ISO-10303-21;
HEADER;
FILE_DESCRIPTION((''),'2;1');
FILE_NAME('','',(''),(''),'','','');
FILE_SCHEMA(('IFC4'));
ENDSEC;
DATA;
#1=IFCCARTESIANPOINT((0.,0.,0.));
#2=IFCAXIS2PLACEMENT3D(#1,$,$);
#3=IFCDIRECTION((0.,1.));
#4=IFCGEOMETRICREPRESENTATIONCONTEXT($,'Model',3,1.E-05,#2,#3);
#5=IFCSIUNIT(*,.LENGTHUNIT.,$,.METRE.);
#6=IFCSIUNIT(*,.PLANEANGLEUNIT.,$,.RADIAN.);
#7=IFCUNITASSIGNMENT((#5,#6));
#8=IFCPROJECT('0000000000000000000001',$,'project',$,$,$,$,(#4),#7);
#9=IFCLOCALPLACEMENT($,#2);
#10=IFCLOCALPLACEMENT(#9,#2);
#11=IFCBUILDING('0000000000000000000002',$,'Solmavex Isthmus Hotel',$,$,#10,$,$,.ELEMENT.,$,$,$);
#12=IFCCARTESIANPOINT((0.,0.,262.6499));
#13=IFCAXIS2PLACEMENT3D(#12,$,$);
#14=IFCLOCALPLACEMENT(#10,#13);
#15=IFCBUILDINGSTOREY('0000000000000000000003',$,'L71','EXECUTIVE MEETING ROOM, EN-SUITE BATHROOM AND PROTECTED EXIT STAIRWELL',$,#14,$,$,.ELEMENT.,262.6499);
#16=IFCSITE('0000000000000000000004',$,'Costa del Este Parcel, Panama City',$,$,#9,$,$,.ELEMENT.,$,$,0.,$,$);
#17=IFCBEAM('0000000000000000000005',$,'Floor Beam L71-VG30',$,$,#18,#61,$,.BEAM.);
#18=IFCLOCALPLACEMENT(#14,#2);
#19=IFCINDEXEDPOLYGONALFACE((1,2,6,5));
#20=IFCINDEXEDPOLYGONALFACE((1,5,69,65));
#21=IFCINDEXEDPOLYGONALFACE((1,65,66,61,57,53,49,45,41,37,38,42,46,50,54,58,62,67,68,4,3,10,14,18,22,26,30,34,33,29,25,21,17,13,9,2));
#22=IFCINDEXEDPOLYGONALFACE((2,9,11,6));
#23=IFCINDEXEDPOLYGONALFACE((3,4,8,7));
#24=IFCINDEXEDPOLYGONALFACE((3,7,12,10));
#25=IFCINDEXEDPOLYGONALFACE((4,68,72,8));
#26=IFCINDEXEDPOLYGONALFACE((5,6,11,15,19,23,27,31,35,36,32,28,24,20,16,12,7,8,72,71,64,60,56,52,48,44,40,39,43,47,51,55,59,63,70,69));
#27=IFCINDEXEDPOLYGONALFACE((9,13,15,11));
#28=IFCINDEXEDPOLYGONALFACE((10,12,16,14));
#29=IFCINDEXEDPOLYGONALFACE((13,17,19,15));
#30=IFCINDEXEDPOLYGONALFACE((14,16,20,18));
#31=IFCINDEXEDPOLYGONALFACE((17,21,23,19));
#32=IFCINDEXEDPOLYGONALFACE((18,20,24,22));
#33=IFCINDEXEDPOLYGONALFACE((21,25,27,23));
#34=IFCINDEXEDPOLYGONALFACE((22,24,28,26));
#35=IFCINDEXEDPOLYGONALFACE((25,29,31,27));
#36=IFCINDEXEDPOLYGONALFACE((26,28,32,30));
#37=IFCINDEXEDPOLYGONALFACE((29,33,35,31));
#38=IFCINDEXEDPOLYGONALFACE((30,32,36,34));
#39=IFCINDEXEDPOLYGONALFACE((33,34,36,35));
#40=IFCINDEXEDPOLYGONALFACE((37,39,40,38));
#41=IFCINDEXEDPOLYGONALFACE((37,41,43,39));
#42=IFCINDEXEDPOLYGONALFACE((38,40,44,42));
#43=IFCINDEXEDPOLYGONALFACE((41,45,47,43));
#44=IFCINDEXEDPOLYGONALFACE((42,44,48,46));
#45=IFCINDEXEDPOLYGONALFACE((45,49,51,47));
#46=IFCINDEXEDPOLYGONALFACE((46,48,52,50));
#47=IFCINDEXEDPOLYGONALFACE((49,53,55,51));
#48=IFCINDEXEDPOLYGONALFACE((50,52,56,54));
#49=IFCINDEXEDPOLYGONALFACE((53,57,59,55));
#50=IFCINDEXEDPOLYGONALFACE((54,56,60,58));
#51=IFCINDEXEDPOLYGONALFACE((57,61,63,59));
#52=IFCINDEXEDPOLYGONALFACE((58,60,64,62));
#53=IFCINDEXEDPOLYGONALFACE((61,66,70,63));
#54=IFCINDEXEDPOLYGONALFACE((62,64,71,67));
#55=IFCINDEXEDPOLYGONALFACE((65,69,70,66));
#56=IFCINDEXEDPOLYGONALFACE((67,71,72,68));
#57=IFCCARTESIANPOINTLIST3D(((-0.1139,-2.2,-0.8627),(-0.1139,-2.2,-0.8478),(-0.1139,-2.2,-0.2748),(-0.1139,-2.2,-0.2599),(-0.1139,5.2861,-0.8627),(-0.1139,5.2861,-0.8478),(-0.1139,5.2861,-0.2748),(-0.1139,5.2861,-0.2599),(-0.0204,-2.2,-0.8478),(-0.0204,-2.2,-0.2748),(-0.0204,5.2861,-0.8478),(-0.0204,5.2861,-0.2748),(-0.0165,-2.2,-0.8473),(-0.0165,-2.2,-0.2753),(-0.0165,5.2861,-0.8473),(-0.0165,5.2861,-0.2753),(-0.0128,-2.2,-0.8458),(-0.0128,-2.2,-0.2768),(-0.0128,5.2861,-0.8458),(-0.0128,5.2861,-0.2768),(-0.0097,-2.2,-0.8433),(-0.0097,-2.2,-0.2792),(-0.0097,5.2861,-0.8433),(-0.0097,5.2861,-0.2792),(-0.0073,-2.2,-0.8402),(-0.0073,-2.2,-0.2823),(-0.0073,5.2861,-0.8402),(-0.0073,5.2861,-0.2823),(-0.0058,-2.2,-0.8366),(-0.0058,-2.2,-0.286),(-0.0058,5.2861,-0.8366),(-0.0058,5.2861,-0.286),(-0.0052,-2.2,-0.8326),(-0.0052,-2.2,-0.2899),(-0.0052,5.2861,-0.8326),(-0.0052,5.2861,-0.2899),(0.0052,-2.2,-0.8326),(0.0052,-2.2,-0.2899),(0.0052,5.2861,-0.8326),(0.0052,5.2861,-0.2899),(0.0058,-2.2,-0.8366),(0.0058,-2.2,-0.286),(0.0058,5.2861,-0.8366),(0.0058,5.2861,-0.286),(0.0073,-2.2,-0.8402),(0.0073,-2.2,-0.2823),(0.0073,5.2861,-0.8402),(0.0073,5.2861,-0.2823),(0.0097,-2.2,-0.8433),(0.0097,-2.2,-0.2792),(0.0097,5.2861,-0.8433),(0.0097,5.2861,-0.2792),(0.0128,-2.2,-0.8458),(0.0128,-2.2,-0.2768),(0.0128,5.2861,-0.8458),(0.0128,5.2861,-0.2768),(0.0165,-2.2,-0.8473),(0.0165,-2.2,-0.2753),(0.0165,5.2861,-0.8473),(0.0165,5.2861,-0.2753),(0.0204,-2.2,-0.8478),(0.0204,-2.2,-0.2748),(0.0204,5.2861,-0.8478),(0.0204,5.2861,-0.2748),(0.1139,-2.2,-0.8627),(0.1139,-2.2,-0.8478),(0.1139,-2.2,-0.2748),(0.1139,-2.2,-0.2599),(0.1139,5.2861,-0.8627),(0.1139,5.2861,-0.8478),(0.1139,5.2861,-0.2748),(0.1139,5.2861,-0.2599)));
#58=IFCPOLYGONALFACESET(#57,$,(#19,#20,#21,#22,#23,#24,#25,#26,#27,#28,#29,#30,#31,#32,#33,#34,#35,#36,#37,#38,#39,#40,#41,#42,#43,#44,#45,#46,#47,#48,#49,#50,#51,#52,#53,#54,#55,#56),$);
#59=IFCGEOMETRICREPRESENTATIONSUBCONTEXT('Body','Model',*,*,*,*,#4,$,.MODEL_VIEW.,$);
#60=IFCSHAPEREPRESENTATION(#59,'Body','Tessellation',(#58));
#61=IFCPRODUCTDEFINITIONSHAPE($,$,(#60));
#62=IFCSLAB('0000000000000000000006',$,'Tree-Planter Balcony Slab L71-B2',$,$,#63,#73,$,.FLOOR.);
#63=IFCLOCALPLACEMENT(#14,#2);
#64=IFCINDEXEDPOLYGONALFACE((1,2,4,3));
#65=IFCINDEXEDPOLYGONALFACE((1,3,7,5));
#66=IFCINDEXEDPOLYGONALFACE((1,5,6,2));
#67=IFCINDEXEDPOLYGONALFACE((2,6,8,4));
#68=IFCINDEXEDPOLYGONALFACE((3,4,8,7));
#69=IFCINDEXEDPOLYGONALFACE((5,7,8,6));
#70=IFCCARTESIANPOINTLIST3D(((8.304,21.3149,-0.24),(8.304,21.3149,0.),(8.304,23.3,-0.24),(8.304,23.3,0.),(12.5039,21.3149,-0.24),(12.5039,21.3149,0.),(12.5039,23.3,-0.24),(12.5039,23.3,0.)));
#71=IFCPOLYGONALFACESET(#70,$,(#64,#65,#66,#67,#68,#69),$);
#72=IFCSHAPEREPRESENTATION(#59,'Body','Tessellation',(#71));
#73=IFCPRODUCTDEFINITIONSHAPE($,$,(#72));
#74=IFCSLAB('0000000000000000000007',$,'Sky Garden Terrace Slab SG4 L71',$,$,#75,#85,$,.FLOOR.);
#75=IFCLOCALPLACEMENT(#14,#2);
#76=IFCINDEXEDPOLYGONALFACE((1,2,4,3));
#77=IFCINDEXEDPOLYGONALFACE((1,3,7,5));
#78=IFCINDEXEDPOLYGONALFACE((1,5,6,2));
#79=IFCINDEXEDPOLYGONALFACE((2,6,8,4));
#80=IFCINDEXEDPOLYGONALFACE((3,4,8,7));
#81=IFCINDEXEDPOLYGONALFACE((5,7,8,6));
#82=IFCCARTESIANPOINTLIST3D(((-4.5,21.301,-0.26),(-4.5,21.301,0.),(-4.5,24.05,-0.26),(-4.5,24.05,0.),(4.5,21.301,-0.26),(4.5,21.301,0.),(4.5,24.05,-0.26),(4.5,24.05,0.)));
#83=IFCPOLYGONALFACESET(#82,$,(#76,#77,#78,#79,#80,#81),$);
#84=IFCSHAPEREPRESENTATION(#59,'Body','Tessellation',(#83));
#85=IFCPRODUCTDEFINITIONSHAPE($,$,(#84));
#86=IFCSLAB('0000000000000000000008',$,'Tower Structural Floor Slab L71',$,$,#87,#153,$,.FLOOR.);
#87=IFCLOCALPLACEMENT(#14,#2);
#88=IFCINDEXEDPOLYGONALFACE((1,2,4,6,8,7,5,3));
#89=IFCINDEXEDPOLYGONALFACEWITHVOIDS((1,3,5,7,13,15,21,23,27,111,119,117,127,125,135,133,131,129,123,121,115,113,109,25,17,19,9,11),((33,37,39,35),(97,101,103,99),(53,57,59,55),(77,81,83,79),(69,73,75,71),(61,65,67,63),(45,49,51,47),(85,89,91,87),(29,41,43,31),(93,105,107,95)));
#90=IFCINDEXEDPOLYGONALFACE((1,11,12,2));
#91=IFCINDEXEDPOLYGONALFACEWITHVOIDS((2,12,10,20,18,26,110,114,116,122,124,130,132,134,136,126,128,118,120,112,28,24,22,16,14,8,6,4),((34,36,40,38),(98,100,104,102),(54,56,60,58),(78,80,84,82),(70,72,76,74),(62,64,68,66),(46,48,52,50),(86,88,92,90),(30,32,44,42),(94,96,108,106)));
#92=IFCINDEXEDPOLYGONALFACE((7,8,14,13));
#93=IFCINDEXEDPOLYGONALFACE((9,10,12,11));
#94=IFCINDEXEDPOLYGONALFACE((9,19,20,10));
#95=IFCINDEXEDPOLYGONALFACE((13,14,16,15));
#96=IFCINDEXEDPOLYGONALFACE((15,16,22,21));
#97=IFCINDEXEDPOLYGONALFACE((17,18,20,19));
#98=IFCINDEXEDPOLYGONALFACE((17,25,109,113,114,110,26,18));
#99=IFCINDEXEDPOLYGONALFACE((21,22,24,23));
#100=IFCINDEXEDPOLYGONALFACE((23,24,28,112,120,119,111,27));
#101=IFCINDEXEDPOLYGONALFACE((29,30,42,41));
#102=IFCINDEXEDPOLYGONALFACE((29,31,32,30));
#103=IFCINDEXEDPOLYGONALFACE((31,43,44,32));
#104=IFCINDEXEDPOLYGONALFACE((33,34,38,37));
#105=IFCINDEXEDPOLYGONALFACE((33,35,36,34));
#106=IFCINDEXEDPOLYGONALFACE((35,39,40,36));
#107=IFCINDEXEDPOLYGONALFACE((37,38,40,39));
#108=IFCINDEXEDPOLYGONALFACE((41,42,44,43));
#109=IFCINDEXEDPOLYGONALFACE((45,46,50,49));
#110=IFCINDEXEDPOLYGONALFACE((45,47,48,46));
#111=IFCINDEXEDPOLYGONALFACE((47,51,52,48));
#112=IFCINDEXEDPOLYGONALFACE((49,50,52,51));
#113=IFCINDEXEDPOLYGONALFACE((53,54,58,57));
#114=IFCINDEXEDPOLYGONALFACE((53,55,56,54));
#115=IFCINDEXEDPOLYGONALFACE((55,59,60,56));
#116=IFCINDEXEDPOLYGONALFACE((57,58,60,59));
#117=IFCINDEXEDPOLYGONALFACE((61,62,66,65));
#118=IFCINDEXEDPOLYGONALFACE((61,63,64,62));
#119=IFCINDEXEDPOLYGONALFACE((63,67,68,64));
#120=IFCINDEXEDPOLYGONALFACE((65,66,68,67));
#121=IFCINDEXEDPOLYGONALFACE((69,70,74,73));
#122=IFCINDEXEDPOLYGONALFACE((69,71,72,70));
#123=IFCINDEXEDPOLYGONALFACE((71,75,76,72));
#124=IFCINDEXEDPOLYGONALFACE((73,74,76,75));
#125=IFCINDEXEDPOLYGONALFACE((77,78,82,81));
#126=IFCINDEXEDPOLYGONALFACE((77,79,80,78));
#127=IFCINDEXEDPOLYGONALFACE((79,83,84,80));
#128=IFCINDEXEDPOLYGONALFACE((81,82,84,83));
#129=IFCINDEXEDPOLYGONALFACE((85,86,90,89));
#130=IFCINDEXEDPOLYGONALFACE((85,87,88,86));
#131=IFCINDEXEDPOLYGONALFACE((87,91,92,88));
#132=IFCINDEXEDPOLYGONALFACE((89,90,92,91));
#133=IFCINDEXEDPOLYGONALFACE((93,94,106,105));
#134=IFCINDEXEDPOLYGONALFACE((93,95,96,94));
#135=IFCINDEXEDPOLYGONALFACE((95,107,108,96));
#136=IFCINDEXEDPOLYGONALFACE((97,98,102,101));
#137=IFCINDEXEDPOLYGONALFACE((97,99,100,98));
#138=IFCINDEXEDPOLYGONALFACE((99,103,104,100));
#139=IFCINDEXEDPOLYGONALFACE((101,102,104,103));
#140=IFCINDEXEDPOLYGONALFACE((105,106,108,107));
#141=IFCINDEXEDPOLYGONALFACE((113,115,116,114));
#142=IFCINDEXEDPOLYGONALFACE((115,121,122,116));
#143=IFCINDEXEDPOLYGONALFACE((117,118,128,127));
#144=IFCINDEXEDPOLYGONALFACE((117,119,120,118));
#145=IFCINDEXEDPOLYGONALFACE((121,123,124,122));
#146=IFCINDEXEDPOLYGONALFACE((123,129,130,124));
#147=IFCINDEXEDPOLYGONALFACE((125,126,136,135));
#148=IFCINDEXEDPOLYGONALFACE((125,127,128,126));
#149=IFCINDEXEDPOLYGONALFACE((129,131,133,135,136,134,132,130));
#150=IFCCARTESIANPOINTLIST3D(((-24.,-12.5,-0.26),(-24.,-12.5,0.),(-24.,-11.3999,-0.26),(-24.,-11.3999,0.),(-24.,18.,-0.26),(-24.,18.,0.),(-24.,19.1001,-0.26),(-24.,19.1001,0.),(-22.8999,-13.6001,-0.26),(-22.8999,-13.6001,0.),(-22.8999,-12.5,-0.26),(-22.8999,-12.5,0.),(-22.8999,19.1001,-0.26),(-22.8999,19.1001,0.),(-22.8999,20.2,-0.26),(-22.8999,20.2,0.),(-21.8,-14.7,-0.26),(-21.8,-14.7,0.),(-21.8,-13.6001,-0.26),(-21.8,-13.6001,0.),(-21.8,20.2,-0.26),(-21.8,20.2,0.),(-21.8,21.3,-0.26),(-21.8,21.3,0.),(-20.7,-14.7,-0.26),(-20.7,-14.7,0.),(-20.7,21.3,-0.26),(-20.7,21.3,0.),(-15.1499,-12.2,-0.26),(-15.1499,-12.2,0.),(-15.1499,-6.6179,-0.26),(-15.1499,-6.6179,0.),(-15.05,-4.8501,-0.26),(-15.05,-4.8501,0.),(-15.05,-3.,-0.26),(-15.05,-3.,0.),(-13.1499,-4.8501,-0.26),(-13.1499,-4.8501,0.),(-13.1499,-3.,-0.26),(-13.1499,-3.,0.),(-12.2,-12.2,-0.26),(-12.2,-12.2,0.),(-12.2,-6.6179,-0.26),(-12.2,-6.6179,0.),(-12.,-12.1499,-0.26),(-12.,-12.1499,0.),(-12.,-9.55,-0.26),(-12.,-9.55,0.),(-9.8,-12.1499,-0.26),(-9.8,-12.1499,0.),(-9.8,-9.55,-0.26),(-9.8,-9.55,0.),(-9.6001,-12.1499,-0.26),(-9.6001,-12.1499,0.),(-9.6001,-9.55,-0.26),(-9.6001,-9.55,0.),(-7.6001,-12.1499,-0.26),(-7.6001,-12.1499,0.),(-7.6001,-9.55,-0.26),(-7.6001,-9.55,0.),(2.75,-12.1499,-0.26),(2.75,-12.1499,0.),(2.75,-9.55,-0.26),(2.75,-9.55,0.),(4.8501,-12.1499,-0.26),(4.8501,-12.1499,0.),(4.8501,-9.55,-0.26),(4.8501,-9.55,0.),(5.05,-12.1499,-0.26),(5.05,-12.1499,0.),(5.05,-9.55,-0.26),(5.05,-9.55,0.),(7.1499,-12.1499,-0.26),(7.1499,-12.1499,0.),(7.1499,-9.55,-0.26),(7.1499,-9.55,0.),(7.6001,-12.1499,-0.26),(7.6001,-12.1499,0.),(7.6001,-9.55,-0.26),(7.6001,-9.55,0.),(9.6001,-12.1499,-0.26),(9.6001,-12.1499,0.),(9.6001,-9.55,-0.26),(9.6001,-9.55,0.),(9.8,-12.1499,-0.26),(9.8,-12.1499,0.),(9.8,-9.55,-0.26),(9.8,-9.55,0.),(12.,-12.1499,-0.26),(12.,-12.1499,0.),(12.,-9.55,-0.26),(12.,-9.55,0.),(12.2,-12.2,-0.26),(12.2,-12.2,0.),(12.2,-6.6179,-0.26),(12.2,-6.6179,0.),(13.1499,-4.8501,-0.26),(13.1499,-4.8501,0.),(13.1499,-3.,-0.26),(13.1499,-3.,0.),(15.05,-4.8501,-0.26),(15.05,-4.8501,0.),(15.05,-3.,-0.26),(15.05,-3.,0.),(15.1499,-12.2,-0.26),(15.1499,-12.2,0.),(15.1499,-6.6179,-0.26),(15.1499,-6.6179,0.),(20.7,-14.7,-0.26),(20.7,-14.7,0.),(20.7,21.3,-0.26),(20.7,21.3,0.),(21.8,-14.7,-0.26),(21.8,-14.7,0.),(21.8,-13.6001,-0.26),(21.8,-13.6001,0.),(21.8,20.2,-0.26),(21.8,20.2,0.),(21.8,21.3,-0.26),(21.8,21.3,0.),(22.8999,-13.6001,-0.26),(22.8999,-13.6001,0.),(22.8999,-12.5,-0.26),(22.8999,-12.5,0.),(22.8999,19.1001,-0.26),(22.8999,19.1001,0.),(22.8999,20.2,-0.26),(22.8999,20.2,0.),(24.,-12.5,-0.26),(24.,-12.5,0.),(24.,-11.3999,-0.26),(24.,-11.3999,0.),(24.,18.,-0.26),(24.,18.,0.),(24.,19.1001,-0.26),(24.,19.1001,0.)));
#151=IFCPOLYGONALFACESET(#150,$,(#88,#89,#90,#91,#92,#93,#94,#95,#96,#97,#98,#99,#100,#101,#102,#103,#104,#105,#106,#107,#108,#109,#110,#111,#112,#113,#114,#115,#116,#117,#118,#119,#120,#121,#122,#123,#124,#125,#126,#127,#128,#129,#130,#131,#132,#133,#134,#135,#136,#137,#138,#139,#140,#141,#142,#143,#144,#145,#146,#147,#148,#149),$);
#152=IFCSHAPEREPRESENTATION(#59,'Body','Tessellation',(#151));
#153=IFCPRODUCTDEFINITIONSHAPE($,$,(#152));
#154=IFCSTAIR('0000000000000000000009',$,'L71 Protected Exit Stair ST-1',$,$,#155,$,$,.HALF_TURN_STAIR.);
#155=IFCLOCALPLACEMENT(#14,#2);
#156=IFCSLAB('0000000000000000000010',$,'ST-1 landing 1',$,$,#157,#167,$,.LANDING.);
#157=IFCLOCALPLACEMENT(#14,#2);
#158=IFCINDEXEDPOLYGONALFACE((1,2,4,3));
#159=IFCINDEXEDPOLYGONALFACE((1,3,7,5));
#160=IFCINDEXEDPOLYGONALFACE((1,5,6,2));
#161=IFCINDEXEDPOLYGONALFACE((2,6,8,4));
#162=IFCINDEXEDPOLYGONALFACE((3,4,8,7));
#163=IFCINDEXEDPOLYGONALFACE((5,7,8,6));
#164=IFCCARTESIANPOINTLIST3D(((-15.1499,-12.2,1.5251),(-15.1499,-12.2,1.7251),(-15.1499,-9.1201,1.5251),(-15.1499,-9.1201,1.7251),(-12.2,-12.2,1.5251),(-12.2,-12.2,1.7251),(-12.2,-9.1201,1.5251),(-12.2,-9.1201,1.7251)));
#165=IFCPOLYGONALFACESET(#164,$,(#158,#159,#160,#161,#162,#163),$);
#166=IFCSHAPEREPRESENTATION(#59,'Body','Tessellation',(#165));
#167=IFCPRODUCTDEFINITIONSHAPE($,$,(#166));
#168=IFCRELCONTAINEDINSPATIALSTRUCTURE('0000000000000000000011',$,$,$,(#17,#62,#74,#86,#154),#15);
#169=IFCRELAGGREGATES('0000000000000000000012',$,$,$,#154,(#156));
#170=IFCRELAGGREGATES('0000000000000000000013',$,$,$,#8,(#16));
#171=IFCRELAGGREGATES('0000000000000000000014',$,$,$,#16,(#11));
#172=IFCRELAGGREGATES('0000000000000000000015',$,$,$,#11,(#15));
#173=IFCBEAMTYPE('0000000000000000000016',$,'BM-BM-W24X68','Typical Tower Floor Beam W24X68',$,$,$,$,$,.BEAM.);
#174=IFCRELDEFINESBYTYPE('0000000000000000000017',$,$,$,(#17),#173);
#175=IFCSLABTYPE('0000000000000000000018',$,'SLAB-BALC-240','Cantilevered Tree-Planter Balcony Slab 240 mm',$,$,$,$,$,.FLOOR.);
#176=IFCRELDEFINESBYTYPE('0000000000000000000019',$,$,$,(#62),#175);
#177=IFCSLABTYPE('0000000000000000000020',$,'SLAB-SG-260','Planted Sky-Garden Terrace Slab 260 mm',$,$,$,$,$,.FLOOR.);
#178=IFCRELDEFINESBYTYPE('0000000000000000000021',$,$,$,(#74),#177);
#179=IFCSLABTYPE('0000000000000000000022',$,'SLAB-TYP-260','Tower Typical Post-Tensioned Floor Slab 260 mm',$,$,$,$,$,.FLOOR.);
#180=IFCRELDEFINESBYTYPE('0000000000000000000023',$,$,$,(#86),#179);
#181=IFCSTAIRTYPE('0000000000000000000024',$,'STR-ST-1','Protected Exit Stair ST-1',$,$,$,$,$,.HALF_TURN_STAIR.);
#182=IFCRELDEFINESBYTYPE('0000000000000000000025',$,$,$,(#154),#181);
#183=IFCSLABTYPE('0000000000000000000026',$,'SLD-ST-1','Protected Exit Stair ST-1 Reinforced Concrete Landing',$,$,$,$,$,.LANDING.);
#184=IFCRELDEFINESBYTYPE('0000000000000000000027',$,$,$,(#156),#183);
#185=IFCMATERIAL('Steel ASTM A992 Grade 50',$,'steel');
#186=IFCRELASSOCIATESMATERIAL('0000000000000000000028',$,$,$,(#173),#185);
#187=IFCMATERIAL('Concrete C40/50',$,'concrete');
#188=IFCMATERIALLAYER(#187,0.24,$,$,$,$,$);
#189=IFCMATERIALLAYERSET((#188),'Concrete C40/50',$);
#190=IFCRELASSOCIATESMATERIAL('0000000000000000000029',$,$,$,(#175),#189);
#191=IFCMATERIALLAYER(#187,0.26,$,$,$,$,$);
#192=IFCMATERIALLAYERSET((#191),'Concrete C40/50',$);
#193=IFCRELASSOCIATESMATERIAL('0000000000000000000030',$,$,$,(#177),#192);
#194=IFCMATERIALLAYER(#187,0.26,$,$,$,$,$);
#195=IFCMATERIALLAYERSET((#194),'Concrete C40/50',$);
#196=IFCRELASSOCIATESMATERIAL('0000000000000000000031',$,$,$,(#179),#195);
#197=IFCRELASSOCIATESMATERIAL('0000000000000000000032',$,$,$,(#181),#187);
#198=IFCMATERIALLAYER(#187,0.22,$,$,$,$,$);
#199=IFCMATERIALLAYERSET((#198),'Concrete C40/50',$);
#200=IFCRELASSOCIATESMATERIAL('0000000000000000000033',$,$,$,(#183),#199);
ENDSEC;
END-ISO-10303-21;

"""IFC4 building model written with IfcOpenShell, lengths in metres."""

from ifc_helpers import new_model, si_unit, direction, frame, origin, origin_2d, place, context, subcontext, project, spatial, polyline, i_section, outline, extrude, material, layer, layer_set, material_profile, profile_set, type_object, element, aggregate, save


model = new_model("IFC4")

# Units and contexts
model_context = context("Model", 3, precision=1e-05, world=origin(), true_north=direction((0.0, 1.0)))
body_context = subcontext(model_context, "Body", "Model", "MODEL_VIEW")
ifc_project = project(units=[si_unit("LENGTHUNIT", "METRE"), si_unit("PLANEANGLEUNIT", "RADIAN")], contexts=[model_context])

# Site, building, storey
site_placement = place(None, origin())
site = spatial("IfcSite", under=ifc_project, at=site_placement, Name="Costa del Este Parcel, Panama City", CompositionType="ELEMENT", RefElevation=0.0)
building_placement = place(site_placement, origin())
building = spatial("IfcBuilding", under=site, at=building_placement, Name="Solmavex Isthmus Hotel", CompositionType="ELEMENT")
storey_placement = place(building_placement, frame((0.0, 0.0, 262.6499)))
storey = spatial("IfcBuildingStorey", under=building, at=storey_placement, Name="L71", Description="EXECUTIVE MEETING ROOM, EN-SUITE BATHROOM AND PROTECTED EXIT STAIRWELL", CompositionType="ELEMENT", Elevation=262.6499)

# Beam
ifc_material_1 = material(Name="Steel ASTM A992 Grade 50", Category="steel")
ifc_material_profile_1 = material_profile(ifc_material_1, i_section(OverallWidth=0.2278, OverallDepth=0.6028, WebThickness=0.0105, FlangeThickness=0.0149, FilletRadius=0.0151, at=origin_2d()), Name="W24X68")
ifc_profile_set_1 = profile_set([ifc_material_profile_1], Name="Steel ASTM A992 Grade 50")
beam_type_1 = type_object("IfcBeamType", Name="BM-BM-W24X68", Description="Typical Tower Floor Beam W24X68", PredefinedType="BEAM", material=ifc_profile_set_1)
for number, where, z_axis, x_axis, name in (
    (1, (0.0, -2.2, -0.5613), (0.0, 1.0, 0.0), (-1.0, 0.0, 0.0), "Floor Beam L71-VG30"),
):
    element("IfcBeam", number, at=place(storey_placement, frame(where, z_axis=z_axis, x_axis=x_axis)), inside=storey, type_object=beam_type_1, Name=name, PredefinedType="BEAM", context=body_context, shape_type="SweptSolid", body=[
        extrude(i_section(OverallWidth=0.2278, OverallDepth=0.6028, WebThickness=0.0105, FlangeThickness=0.0149, FilletRadius=0.0151, at=origin_2d()), origin(), (0.0, 0.0, 1.0), 7.4861),
    ])

# Slabs
ifc_material_2 = material(Name="Concrete C40/50", Category="concrete")
ifc_layer_1 = layer(ifc_material_2, 0.24)
ifc_layer_set_1 = layer_set([ifc_layer_1], Name="Concrete C40/50")
slab_type_1 = type_object("IfcSlabType", Name="SLAB-BALC-240", Description="Cantilevered Tree-Planter Balcony Slab 240 mm", PredefinedType="FLOOR", material=ifc_layer_set_1)
slab_1_placement = place(storey_placement, frame((0.0, 0.0, -0.24)))
element("IfcSlab", 2, at=slab_1_placement, inside=storey, type_object=slab_type_1, Name="Tree-Planter Balcony Slab L71-B2", PredefinedType="FLOOR", context=body_context, shape_type="SweptSolid", body=[
    extrude(outline(polyline([(8.304, 21.3149), (12.5039, 21.3149), (12.5039, 23.3), (8.304, 23.3), (8.304, 21.3149)])), origin(), (0.0, 0.0, 1.0), 0.24),
])
ifc_layer_2 = layer(ifc_material_2, 0.26)
ifc_layer_set_2 = layer_set([ifc_layer_2], Name="Concrete C40/50")
slab_type_2 = type_object("IfcSlabType", Name="SLAB-SG-260", Description="Planted Sky-Garden Terrace Slab 260 mm", PredefinedType="FLOOR", material=ifc_layer_set_2)
slab_2_placement = place(storey_placement, frame((0.0, 0.0, -0.26)))
element("IfcSlab", 3, at=slab_2_placement, inside=storey, type_object=slab_type_2, Name="Sky Garden Terrace Slab SG4 L71", PredefinedType="FLOOR", context=body_context, shape_type="SweptSolid", body=[
    extrude(outline(polyline([(-4.5, 21.301), (4.5, 21.301), (4.5, 24.05), (-4.5, 24.05), (-4.5, 21.301)])), origin(), (0.0, 0.0, 1.0), 0.26),
])
ifc_layer_3 = layer(ifc_material_2, 0.26)
ifc_layer_set_3 = layer_set([ifc_layer_3], Name="Concrete C40/50")
slab_type_3 = type_object("IfcSlabType", Name="SLAB-TYP-260", Description="Tower Typical Post-Tensioned Floor Slab 260 mm", PredefinedType="FLOOR", material=ifc_layer_set_3)
slab_3_placement = place(storey_placement, frame((0.0, 0.0, -0.26)))
element("IfcSlab", 4, at=slab_3_placement, inside=storey, type_object=slab_type_3, Name="Tower Structural Floor Slab L71", PredefinedType="FLOOR", context=body_context, shape_type="SweptSolid", body=[
    extrude(outline(polyline([(-20.7, -14.7), (20.7, -14.7), (21.8, -14.7), (21.8, -13.6001), (22.8999, -13.6001), (22.8999, -12.5), (24.0, -12.5), (24.0, -11.3999), (24.0, 18.0), (24.0, 19.1001), (22.8999, 19.1001), (22.8999, 20.2), (21.8, 20.2), (21.8, 21.3), (20.7, 21.3), (-20.7, 21.3), (-21.8, 21.3), (-21.8, 20.2), (-22.8999, 20.2), (-22.8999, 19.1001), (-24.0, 19.1001), (-24.0, 18.0), (-24.0, -11.3999), (-24.0, -12.5), (-22.8999, -12.5), (-22.8999, -13.6001), (-21.8, -13.6001), (-21.8, -14.7), (-20.7, -14.7)]), holes=[polyline([(-15.1499, -6.6179), (-15.1499, -12.2), (-12.2, -12.2), (-12.2, -6.6179), (-15.1499, -6.6179)]), polyline([(12.2, -6.6179), (12.2, -12.2), (15.1499, -12.2), (15.1499, -6.6179), (12.2, -6.6179)]), polyline([(-12.0, -12.1499), (-9.8, -12.1499), (-9.8, -9.55), (-12.0, -9.55), (-12.0, -12.1499)]), polyline([(9.8, -12.1499), (12.0, -12.1499), (12.0, -9.55), (9.8, -9.55), (9.8, -12.1499)]), polyline([(-9.6001, -12.1499), (-7.6001, -12.1499), (-7.6001, -9.55), (-9.6001, -9.55), (-9.6001, -12.1499)]), polyline([(7.6001, -12.1499), (9.6001, -12.1499), (9.6001, -9.55), (7.6001, -9.55), (7.6001, -12.1499)]), polyline([(2.75, -12.1499), (4.8501, -12.1499), (4.8501, -9.55), (2.75, -9.55), (2.75, -12.1499)]), polyline([(5.05, -12.1499), (7.1499, -12.1499), (7.1499, -9.55), (5.05, -9.55), (5.05, -12.1499)]), polyline([(-15.05, -4.8501), (-13.1499, -4.8501), (-13.1499, -3.0), (-15.05, -3.0), (-15.05, -4.8501)]), polyline([(13.1499, -4.8501), (15.05, -4.8501), (15.05, -3.0), (13.1499, -3.0), (13.1499, -4.8501)])]), origin(), (0.0, 0.0, 1.0), 0.26),
])

# Stair, slab
stair_type_1 = type_object("IfcStairType", Name="STR-ST-1", Description="Protected Exit Stair ST-1", PredefinedType="HALF_TURN_STAIR", material=ifc_material_2)
stair_1_placement = place(storey_placement, origin())
stair_1 = element("IfcStair", 5, at=stair_1_placement, inside=storey, type_object=stair_type_1, Name="L71 Protected Exit Stair ST-1", PredefinedType="HALF_TURN_STAIR")
ifc_layer_4 = layer(ifc_material_2, 0.22)
ifc_layer_set_4 = layer_set([ifc_layer_4], Name="Concrete C40/50")
slab_type_4 = type_object("IfcSlabType", Name="SLD-ST-1", Description="Protected Exit Stair ST-1 Reinforced Concrete Landing", PredefinedType="LANDING", material=ifc_layer_set_4)
slab_4_placement = place(storey_placement, frame((0.0, 0.0, 1.5251)))
slab_4 = element("IfcSlab", 6, at=slab_4_placement, type_object=slab_type_4, Name="ST-1 landing 1", PredefinedType="LANDING", context=body_context, shape_type="SweptSolid", body=[
    extrude(outline(polyline([(-15.1499, -9.1201), (-15.1499, -12.2), (-12.2, -12.2), (-12.2, -9.1201), (-15.1499, -9.1201)])), origin(), (0.0, 0.0, 1.0), 0.2),
])
aggregate(stair_1, [slab_4])

save(model, "model.ifc")
